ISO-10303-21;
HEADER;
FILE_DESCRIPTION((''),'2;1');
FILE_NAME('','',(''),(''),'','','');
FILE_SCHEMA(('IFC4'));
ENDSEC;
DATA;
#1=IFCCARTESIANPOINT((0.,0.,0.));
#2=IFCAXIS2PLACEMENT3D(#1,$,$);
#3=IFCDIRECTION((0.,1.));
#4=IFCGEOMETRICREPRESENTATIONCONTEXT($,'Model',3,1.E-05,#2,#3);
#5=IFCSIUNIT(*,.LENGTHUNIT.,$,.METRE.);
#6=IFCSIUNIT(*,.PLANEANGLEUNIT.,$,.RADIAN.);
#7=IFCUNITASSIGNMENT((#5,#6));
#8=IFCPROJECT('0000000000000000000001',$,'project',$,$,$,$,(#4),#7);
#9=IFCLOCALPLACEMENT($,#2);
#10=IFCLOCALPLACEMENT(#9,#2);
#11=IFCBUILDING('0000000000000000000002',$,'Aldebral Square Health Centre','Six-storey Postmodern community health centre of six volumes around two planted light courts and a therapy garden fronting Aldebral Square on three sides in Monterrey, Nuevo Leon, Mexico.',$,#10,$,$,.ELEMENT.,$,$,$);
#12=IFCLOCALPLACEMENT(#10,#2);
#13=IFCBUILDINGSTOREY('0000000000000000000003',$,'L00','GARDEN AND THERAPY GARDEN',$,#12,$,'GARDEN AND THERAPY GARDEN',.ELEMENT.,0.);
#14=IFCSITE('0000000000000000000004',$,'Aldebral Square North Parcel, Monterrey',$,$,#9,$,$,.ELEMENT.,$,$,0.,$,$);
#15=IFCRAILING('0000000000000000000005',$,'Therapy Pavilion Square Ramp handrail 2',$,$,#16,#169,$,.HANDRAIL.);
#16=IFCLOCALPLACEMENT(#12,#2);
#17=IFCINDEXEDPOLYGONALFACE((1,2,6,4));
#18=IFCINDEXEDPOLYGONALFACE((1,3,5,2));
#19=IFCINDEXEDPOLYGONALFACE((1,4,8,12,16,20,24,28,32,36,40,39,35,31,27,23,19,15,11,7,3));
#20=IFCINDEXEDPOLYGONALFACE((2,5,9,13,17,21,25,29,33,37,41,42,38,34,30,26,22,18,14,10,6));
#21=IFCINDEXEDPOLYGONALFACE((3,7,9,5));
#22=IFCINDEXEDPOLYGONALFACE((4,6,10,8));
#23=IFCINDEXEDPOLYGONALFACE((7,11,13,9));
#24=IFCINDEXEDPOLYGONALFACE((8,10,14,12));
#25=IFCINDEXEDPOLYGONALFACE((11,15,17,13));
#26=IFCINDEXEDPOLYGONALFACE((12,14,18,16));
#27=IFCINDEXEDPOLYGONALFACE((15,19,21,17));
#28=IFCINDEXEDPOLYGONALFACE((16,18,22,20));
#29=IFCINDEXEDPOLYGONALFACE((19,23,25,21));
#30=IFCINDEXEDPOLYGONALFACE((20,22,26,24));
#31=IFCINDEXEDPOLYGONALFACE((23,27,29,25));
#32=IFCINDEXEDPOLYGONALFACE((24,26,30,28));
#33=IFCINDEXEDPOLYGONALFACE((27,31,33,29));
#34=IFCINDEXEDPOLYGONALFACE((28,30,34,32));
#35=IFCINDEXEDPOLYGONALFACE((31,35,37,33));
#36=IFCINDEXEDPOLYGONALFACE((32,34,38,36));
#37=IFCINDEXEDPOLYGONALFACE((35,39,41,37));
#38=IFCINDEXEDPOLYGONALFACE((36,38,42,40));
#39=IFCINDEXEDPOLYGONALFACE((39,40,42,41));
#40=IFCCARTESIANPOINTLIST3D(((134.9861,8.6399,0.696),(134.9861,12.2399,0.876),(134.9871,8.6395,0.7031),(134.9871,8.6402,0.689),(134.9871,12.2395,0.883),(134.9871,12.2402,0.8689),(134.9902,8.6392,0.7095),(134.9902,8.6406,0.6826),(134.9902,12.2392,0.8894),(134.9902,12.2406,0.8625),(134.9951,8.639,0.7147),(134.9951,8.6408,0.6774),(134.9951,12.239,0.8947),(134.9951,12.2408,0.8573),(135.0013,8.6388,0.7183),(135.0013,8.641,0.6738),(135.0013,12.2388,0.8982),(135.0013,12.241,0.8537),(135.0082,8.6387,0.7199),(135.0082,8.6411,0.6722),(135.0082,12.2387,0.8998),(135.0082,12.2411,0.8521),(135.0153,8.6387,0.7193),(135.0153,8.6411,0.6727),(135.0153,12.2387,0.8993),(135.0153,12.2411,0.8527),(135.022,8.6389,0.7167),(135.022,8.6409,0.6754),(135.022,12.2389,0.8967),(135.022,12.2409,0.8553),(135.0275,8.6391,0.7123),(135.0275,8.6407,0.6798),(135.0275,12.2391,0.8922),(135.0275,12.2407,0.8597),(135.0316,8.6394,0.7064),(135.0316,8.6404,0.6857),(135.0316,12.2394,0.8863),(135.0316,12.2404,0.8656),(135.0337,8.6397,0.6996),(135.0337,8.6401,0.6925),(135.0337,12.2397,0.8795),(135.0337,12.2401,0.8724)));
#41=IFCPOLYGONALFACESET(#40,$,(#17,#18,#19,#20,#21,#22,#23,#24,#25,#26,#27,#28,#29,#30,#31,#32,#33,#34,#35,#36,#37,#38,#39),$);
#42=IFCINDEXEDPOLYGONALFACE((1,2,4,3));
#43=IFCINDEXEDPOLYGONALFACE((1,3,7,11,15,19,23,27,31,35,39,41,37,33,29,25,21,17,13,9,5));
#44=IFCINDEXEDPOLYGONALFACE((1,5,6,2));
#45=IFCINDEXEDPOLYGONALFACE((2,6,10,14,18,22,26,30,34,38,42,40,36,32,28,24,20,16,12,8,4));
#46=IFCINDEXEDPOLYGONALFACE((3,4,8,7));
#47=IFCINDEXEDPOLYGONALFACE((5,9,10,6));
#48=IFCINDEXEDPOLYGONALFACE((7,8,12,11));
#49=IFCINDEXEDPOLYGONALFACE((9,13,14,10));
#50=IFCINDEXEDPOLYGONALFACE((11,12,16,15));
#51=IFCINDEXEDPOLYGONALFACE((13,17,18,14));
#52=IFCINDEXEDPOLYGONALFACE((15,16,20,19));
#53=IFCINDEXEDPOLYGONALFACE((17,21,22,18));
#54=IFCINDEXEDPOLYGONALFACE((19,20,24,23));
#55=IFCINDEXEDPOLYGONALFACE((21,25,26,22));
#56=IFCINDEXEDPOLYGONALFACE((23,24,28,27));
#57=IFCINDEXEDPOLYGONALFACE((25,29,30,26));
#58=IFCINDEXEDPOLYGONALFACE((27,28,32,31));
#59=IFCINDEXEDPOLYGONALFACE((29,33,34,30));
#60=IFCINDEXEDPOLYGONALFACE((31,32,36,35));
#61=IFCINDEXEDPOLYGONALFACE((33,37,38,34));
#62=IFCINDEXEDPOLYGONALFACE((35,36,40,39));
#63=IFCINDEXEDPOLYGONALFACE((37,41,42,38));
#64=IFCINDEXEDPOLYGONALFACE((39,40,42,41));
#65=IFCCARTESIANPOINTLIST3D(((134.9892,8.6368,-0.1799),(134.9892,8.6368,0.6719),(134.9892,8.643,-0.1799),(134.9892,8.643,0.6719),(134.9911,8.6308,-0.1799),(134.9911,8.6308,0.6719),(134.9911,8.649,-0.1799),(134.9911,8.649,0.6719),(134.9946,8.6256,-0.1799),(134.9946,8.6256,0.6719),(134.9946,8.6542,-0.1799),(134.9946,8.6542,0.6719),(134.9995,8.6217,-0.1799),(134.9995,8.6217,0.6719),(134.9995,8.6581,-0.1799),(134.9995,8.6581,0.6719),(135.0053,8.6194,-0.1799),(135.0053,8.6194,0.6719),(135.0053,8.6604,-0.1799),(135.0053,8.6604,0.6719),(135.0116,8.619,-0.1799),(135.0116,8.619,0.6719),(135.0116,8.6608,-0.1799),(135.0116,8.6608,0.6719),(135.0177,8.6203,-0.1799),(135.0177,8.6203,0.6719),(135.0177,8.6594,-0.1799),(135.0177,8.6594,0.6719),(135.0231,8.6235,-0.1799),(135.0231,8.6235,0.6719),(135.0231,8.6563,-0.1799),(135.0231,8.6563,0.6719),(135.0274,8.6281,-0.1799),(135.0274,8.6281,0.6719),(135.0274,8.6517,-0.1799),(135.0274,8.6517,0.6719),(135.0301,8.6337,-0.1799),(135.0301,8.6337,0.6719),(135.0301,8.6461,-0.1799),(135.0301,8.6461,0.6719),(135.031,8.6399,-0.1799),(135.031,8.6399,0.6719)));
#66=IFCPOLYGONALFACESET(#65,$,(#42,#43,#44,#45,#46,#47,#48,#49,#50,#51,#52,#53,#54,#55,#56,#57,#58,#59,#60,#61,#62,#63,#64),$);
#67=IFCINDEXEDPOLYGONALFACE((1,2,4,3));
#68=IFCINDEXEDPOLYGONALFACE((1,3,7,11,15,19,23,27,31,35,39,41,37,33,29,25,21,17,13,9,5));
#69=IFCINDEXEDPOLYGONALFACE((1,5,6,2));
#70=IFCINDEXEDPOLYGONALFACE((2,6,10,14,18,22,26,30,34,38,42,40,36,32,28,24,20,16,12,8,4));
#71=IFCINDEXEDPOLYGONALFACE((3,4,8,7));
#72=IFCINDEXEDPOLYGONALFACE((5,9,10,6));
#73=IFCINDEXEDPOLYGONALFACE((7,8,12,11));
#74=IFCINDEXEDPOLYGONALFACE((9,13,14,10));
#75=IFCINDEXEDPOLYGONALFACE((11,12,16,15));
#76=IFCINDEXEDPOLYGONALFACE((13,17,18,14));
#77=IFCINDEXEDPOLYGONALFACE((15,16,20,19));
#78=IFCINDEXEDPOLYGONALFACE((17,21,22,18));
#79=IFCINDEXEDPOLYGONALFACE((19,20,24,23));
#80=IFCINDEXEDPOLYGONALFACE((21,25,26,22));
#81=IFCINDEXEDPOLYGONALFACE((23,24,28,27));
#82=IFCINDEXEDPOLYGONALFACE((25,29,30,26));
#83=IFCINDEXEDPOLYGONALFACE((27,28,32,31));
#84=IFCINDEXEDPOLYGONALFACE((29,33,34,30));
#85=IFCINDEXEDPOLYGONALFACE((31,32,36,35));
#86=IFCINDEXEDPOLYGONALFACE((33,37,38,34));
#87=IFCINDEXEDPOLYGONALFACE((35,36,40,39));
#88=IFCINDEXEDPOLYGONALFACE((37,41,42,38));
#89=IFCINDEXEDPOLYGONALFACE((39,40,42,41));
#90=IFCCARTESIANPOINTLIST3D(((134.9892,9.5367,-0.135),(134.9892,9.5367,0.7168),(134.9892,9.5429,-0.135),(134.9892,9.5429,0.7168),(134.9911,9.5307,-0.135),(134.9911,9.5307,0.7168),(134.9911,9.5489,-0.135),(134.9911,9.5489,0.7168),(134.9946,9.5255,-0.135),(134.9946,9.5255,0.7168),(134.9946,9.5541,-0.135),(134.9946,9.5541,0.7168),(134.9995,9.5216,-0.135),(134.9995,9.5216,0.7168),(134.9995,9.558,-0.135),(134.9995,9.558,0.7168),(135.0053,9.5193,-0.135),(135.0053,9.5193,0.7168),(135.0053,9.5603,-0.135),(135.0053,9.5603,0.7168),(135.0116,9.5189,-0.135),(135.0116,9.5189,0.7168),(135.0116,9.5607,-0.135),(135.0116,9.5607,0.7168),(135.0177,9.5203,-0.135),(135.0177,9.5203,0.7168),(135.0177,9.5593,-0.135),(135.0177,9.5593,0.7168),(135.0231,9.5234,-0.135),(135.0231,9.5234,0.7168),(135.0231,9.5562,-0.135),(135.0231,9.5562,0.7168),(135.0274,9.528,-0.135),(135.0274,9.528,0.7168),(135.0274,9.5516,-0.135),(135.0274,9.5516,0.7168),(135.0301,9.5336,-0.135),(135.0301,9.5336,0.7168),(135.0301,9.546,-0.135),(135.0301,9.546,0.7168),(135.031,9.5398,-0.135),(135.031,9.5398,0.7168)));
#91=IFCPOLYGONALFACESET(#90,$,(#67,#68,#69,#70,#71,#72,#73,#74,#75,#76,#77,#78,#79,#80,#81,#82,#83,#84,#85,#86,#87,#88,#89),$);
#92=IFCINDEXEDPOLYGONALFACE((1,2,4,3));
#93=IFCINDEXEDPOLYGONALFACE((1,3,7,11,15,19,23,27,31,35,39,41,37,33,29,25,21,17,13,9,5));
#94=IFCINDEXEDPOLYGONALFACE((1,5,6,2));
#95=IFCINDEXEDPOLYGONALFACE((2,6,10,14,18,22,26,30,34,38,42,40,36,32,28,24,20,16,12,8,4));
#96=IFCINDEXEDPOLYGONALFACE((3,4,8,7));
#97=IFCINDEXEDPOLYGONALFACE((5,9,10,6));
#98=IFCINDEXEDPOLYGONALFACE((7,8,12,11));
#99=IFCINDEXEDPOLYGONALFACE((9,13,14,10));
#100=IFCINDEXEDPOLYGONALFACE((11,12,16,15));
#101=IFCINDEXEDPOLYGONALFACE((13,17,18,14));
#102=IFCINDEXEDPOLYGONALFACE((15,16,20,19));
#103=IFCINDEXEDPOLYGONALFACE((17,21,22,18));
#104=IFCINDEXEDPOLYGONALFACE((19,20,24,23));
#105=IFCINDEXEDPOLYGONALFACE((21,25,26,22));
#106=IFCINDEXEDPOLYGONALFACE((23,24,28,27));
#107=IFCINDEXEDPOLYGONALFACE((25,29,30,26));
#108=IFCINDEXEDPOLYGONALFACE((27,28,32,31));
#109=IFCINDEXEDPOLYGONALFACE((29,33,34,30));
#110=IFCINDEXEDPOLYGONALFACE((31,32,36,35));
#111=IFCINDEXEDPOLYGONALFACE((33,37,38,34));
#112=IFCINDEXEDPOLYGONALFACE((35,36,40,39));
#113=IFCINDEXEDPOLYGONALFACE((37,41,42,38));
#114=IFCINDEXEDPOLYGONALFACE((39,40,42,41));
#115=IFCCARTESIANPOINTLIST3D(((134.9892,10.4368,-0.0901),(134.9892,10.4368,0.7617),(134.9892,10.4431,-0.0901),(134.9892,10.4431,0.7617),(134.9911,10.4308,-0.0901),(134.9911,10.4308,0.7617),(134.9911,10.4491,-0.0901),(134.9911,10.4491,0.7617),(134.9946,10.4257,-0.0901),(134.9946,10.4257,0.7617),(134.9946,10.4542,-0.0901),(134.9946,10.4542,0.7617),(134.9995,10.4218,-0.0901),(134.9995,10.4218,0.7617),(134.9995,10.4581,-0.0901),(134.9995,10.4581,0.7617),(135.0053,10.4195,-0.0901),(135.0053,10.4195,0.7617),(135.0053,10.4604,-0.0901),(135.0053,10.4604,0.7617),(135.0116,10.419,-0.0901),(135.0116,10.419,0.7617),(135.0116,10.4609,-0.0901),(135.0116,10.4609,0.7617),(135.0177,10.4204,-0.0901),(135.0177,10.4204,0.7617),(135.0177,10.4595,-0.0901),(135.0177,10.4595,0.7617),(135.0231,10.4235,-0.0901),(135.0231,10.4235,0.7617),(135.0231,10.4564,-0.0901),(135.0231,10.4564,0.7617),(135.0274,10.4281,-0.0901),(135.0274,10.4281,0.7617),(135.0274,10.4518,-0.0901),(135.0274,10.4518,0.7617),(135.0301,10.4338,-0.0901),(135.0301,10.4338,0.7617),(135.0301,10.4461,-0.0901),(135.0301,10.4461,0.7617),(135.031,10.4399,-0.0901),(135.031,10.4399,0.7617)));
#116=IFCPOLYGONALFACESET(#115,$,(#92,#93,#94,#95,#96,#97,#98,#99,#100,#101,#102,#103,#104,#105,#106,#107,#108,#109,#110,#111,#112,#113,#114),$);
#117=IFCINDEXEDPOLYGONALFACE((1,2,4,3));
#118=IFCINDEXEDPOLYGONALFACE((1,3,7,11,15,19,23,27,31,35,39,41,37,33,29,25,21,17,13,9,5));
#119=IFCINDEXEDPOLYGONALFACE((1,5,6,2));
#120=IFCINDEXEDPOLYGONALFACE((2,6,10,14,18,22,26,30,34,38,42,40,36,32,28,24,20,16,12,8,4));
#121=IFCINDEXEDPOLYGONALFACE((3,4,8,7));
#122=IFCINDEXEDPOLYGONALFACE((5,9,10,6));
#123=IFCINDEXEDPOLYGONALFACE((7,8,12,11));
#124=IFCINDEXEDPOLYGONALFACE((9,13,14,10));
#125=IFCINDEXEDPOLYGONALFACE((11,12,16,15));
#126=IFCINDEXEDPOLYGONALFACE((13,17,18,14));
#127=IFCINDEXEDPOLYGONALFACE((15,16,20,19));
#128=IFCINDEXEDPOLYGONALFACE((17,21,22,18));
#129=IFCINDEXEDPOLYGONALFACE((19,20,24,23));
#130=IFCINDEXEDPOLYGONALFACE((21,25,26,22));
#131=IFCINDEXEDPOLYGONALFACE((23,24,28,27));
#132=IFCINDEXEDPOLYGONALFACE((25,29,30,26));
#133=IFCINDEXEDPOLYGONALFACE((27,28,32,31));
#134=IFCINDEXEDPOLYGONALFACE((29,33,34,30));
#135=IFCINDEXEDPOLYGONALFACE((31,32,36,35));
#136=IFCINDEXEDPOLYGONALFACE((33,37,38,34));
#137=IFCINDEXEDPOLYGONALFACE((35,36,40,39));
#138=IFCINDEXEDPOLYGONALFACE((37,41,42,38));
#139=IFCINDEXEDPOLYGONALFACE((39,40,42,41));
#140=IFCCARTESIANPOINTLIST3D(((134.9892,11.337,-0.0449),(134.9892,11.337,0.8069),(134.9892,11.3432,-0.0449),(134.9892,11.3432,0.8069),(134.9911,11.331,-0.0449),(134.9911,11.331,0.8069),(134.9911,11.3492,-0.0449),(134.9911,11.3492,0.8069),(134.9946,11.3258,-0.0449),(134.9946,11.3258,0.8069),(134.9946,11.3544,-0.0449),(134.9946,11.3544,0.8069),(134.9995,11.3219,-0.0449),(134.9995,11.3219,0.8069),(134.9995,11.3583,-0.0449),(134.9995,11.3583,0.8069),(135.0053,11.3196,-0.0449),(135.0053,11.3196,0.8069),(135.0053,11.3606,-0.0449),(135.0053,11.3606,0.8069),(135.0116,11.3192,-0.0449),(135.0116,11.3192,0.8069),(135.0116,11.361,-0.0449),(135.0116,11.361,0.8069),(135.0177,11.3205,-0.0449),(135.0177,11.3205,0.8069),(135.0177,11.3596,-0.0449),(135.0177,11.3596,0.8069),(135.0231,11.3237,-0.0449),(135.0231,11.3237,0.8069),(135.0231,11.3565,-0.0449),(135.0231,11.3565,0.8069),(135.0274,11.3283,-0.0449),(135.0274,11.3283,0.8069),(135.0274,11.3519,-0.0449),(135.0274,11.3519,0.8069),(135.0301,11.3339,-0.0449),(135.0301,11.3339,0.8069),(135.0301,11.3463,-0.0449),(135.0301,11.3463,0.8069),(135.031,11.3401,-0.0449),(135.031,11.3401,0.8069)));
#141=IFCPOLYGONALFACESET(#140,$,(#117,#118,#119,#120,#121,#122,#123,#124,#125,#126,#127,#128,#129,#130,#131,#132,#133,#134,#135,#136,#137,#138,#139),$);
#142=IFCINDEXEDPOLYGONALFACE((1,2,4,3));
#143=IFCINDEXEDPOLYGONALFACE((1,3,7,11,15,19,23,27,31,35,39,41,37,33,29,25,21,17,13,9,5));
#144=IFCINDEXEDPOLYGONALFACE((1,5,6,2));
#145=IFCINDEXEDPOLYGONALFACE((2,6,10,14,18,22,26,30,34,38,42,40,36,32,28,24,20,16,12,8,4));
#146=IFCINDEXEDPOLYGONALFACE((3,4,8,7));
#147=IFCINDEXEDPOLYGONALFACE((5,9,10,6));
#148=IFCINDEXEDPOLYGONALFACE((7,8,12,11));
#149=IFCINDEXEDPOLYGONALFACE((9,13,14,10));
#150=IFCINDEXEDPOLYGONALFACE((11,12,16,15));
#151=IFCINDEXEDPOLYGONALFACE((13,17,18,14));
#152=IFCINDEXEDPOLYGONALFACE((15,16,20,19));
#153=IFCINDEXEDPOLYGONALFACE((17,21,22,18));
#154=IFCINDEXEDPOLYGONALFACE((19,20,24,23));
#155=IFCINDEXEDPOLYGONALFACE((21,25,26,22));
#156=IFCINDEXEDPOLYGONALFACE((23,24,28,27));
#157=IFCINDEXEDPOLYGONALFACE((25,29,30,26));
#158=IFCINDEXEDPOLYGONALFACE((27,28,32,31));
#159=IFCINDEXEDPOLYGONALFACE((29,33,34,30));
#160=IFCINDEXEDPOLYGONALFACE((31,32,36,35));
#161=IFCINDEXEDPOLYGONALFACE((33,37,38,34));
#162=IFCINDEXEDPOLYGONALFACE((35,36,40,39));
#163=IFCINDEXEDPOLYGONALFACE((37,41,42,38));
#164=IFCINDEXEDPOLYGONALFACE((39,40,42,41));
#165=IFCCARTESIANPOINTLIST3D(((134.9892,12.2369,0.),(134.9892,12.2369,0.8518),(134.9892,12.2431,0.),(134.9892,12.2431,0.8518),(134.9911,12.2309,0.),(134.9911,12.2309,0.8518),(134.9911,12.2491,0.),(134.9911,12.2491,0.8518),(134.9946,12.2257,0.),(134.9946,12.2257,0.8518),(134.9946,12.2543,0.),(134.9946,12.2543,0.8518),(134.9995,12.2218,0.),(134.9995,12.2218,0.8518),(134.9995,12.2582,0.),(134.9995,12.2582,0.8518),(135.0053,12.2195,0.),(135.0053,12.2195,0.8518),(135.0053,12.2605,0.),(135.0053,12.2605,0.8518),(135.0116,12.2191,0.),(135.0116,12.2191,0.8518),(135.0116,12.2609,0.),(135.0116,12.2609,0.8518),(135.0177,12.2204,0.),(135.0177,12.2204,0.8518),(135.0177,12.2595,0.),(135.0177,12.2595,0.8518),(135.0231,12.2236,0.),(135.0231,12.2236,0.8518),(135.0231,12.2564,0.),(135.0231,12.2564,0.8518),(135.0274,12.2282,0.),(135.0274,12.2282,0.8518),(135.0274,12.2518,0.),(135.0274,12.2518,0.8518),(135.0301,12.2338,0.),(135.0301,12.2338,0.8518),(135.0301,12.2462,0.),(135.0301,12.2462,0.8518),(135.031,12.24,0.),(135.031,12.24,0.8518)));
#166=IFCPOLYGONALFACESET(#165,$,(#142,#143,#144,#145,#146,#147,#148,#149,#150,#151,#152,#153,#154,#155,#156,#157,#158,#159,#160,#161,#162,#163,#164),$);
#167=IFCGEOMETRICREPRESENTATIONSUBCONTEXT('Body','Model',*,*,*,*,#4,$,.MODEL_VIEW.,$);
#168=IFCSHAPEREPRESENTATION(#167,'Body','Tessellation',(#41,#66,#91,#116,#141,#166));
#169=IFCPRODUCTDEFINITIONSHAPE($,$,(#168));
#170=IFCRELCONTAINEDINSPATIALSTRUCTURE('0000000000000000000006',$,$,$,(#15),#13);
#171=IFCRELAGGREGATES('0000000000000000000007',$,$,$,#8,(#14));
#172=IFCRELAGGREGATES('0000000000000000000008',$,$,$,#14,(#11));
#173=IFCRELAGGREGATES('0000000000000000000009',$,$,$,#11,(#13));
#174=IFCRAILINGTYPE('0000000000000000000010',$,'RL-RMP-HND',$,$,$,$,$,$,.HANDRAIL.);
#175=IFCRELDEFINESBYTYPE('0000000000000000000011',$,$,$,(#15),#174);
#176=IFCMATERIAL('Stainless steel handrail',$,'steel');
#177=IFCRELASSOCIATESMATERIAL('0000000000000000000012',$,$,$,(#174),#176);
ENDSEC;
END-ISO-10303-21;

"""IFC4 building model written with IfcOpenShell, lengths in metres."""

from ifc_helpers import new_model, si_unit, direction, frame, origin, origin_2d, place, context, subcontext, project, spatial, circle, extrude, material, type_object, element, save


model = new_model("IFC4")

# Units and contexts
model_context = context("Model", 3, precision=1e-05, world=origin(), true_north=direction((0.0, 1.0)))
body_context = subcontext(model_context, "Body", "Model", "MODEL_VIEW")
ifc_project = project(units=[si_unit("LENGTHUNIT", "METRE"), si_unit("PLANEANGLEUNIT", "RADIAN")], contexts=[model_context])

# Site, building, storey
site_placement = place(None, origin())
site = spatial("IfcSite", under=ifc_project, at=site_placement, Name="Aldebral Square North Parcel, Monterrey", CompositionType="ELEMENT", RefElevation=0.0)
building_placement = place(site_placement, origin())
building = spatial("IfcBuilding", under=site, at=building_placement, Name="Aldebral Square Health Centre", Description="Six-storey Postmodern community health centre of six volumes around two planted light courts and a therapy garden fronting Aldebral Square on three sides in Monterrey, Nuevo Leon, Mexico.", CompositionType="ELEMENT")
storey_placement = place(building_placement, origin())
storey = spatial("IfcBuildingStorey", under=building, at=storey_placement, Name="L00", Description="GARDEN AND THERAPY GARDEN", LongName="GARDEN AND THERAPY GARDEN", CompositionType="ELEMENT", Elevation=0.0)

# Railing
ifc_material_1 = material(Name="Stainless steel handrail", Category="steel")
railing_type = type_object("IfcRailingType", Name="RL-RMP-HND", PredefinedType="HANDRAIL", material=ifc_material_1)
for number, where, name in (
    (1, (135.01, 8.6399, -0.1799), "Therapy Pavilion Square Ramp handrail 2"),
):
    element("IfcRailing", number, at=place(storey_placement, frame(where)), inside=storey, type_object=railing_type, Name=name, PredefinedType="HANDRAIL", context=body_context, shape_type="SweptSolid", body=[
        extrude(circle(Radius=0.0239, at=origin_2d()), frame((0.0, 0.0, 0.876), z_axis=(0.0, 0.998753, 0.049917), x_axis=(-1.0, 0.0, 0.0)), (0.0, 0.0, 1.0), 3.6045),
        extrude(circle(Radius=0.021, at=origin_2d()), origin(), (0.0, 0.0, 1.0), 0.8518),
        extrude(circle(Radius=0.021, at=origin_2d()), frame((0.0, 0.8999, 0.0449)), (0.0, 0.0, 1.0), 0.8518),
        extrude(circle(Radius=0.021, at=origin_2d()), frame((0.0, 1.8, 0.0898)), (0.0, 0.0, 1.0), 0.8518),
        extrude(circle(Radius=0.021, at=origin_2d()), frame((0.0, 2.7002, 0.135)), (0.0, 0.0, 1.0), 0.8518),
        extrude(circle(Radius=0.021, at=origin_2d()), frame((0.0, 3.6001, 0.1799)), (0.0, 0.0, 1.0), 0.8518),
    ])

save(model, "model.ifc")
